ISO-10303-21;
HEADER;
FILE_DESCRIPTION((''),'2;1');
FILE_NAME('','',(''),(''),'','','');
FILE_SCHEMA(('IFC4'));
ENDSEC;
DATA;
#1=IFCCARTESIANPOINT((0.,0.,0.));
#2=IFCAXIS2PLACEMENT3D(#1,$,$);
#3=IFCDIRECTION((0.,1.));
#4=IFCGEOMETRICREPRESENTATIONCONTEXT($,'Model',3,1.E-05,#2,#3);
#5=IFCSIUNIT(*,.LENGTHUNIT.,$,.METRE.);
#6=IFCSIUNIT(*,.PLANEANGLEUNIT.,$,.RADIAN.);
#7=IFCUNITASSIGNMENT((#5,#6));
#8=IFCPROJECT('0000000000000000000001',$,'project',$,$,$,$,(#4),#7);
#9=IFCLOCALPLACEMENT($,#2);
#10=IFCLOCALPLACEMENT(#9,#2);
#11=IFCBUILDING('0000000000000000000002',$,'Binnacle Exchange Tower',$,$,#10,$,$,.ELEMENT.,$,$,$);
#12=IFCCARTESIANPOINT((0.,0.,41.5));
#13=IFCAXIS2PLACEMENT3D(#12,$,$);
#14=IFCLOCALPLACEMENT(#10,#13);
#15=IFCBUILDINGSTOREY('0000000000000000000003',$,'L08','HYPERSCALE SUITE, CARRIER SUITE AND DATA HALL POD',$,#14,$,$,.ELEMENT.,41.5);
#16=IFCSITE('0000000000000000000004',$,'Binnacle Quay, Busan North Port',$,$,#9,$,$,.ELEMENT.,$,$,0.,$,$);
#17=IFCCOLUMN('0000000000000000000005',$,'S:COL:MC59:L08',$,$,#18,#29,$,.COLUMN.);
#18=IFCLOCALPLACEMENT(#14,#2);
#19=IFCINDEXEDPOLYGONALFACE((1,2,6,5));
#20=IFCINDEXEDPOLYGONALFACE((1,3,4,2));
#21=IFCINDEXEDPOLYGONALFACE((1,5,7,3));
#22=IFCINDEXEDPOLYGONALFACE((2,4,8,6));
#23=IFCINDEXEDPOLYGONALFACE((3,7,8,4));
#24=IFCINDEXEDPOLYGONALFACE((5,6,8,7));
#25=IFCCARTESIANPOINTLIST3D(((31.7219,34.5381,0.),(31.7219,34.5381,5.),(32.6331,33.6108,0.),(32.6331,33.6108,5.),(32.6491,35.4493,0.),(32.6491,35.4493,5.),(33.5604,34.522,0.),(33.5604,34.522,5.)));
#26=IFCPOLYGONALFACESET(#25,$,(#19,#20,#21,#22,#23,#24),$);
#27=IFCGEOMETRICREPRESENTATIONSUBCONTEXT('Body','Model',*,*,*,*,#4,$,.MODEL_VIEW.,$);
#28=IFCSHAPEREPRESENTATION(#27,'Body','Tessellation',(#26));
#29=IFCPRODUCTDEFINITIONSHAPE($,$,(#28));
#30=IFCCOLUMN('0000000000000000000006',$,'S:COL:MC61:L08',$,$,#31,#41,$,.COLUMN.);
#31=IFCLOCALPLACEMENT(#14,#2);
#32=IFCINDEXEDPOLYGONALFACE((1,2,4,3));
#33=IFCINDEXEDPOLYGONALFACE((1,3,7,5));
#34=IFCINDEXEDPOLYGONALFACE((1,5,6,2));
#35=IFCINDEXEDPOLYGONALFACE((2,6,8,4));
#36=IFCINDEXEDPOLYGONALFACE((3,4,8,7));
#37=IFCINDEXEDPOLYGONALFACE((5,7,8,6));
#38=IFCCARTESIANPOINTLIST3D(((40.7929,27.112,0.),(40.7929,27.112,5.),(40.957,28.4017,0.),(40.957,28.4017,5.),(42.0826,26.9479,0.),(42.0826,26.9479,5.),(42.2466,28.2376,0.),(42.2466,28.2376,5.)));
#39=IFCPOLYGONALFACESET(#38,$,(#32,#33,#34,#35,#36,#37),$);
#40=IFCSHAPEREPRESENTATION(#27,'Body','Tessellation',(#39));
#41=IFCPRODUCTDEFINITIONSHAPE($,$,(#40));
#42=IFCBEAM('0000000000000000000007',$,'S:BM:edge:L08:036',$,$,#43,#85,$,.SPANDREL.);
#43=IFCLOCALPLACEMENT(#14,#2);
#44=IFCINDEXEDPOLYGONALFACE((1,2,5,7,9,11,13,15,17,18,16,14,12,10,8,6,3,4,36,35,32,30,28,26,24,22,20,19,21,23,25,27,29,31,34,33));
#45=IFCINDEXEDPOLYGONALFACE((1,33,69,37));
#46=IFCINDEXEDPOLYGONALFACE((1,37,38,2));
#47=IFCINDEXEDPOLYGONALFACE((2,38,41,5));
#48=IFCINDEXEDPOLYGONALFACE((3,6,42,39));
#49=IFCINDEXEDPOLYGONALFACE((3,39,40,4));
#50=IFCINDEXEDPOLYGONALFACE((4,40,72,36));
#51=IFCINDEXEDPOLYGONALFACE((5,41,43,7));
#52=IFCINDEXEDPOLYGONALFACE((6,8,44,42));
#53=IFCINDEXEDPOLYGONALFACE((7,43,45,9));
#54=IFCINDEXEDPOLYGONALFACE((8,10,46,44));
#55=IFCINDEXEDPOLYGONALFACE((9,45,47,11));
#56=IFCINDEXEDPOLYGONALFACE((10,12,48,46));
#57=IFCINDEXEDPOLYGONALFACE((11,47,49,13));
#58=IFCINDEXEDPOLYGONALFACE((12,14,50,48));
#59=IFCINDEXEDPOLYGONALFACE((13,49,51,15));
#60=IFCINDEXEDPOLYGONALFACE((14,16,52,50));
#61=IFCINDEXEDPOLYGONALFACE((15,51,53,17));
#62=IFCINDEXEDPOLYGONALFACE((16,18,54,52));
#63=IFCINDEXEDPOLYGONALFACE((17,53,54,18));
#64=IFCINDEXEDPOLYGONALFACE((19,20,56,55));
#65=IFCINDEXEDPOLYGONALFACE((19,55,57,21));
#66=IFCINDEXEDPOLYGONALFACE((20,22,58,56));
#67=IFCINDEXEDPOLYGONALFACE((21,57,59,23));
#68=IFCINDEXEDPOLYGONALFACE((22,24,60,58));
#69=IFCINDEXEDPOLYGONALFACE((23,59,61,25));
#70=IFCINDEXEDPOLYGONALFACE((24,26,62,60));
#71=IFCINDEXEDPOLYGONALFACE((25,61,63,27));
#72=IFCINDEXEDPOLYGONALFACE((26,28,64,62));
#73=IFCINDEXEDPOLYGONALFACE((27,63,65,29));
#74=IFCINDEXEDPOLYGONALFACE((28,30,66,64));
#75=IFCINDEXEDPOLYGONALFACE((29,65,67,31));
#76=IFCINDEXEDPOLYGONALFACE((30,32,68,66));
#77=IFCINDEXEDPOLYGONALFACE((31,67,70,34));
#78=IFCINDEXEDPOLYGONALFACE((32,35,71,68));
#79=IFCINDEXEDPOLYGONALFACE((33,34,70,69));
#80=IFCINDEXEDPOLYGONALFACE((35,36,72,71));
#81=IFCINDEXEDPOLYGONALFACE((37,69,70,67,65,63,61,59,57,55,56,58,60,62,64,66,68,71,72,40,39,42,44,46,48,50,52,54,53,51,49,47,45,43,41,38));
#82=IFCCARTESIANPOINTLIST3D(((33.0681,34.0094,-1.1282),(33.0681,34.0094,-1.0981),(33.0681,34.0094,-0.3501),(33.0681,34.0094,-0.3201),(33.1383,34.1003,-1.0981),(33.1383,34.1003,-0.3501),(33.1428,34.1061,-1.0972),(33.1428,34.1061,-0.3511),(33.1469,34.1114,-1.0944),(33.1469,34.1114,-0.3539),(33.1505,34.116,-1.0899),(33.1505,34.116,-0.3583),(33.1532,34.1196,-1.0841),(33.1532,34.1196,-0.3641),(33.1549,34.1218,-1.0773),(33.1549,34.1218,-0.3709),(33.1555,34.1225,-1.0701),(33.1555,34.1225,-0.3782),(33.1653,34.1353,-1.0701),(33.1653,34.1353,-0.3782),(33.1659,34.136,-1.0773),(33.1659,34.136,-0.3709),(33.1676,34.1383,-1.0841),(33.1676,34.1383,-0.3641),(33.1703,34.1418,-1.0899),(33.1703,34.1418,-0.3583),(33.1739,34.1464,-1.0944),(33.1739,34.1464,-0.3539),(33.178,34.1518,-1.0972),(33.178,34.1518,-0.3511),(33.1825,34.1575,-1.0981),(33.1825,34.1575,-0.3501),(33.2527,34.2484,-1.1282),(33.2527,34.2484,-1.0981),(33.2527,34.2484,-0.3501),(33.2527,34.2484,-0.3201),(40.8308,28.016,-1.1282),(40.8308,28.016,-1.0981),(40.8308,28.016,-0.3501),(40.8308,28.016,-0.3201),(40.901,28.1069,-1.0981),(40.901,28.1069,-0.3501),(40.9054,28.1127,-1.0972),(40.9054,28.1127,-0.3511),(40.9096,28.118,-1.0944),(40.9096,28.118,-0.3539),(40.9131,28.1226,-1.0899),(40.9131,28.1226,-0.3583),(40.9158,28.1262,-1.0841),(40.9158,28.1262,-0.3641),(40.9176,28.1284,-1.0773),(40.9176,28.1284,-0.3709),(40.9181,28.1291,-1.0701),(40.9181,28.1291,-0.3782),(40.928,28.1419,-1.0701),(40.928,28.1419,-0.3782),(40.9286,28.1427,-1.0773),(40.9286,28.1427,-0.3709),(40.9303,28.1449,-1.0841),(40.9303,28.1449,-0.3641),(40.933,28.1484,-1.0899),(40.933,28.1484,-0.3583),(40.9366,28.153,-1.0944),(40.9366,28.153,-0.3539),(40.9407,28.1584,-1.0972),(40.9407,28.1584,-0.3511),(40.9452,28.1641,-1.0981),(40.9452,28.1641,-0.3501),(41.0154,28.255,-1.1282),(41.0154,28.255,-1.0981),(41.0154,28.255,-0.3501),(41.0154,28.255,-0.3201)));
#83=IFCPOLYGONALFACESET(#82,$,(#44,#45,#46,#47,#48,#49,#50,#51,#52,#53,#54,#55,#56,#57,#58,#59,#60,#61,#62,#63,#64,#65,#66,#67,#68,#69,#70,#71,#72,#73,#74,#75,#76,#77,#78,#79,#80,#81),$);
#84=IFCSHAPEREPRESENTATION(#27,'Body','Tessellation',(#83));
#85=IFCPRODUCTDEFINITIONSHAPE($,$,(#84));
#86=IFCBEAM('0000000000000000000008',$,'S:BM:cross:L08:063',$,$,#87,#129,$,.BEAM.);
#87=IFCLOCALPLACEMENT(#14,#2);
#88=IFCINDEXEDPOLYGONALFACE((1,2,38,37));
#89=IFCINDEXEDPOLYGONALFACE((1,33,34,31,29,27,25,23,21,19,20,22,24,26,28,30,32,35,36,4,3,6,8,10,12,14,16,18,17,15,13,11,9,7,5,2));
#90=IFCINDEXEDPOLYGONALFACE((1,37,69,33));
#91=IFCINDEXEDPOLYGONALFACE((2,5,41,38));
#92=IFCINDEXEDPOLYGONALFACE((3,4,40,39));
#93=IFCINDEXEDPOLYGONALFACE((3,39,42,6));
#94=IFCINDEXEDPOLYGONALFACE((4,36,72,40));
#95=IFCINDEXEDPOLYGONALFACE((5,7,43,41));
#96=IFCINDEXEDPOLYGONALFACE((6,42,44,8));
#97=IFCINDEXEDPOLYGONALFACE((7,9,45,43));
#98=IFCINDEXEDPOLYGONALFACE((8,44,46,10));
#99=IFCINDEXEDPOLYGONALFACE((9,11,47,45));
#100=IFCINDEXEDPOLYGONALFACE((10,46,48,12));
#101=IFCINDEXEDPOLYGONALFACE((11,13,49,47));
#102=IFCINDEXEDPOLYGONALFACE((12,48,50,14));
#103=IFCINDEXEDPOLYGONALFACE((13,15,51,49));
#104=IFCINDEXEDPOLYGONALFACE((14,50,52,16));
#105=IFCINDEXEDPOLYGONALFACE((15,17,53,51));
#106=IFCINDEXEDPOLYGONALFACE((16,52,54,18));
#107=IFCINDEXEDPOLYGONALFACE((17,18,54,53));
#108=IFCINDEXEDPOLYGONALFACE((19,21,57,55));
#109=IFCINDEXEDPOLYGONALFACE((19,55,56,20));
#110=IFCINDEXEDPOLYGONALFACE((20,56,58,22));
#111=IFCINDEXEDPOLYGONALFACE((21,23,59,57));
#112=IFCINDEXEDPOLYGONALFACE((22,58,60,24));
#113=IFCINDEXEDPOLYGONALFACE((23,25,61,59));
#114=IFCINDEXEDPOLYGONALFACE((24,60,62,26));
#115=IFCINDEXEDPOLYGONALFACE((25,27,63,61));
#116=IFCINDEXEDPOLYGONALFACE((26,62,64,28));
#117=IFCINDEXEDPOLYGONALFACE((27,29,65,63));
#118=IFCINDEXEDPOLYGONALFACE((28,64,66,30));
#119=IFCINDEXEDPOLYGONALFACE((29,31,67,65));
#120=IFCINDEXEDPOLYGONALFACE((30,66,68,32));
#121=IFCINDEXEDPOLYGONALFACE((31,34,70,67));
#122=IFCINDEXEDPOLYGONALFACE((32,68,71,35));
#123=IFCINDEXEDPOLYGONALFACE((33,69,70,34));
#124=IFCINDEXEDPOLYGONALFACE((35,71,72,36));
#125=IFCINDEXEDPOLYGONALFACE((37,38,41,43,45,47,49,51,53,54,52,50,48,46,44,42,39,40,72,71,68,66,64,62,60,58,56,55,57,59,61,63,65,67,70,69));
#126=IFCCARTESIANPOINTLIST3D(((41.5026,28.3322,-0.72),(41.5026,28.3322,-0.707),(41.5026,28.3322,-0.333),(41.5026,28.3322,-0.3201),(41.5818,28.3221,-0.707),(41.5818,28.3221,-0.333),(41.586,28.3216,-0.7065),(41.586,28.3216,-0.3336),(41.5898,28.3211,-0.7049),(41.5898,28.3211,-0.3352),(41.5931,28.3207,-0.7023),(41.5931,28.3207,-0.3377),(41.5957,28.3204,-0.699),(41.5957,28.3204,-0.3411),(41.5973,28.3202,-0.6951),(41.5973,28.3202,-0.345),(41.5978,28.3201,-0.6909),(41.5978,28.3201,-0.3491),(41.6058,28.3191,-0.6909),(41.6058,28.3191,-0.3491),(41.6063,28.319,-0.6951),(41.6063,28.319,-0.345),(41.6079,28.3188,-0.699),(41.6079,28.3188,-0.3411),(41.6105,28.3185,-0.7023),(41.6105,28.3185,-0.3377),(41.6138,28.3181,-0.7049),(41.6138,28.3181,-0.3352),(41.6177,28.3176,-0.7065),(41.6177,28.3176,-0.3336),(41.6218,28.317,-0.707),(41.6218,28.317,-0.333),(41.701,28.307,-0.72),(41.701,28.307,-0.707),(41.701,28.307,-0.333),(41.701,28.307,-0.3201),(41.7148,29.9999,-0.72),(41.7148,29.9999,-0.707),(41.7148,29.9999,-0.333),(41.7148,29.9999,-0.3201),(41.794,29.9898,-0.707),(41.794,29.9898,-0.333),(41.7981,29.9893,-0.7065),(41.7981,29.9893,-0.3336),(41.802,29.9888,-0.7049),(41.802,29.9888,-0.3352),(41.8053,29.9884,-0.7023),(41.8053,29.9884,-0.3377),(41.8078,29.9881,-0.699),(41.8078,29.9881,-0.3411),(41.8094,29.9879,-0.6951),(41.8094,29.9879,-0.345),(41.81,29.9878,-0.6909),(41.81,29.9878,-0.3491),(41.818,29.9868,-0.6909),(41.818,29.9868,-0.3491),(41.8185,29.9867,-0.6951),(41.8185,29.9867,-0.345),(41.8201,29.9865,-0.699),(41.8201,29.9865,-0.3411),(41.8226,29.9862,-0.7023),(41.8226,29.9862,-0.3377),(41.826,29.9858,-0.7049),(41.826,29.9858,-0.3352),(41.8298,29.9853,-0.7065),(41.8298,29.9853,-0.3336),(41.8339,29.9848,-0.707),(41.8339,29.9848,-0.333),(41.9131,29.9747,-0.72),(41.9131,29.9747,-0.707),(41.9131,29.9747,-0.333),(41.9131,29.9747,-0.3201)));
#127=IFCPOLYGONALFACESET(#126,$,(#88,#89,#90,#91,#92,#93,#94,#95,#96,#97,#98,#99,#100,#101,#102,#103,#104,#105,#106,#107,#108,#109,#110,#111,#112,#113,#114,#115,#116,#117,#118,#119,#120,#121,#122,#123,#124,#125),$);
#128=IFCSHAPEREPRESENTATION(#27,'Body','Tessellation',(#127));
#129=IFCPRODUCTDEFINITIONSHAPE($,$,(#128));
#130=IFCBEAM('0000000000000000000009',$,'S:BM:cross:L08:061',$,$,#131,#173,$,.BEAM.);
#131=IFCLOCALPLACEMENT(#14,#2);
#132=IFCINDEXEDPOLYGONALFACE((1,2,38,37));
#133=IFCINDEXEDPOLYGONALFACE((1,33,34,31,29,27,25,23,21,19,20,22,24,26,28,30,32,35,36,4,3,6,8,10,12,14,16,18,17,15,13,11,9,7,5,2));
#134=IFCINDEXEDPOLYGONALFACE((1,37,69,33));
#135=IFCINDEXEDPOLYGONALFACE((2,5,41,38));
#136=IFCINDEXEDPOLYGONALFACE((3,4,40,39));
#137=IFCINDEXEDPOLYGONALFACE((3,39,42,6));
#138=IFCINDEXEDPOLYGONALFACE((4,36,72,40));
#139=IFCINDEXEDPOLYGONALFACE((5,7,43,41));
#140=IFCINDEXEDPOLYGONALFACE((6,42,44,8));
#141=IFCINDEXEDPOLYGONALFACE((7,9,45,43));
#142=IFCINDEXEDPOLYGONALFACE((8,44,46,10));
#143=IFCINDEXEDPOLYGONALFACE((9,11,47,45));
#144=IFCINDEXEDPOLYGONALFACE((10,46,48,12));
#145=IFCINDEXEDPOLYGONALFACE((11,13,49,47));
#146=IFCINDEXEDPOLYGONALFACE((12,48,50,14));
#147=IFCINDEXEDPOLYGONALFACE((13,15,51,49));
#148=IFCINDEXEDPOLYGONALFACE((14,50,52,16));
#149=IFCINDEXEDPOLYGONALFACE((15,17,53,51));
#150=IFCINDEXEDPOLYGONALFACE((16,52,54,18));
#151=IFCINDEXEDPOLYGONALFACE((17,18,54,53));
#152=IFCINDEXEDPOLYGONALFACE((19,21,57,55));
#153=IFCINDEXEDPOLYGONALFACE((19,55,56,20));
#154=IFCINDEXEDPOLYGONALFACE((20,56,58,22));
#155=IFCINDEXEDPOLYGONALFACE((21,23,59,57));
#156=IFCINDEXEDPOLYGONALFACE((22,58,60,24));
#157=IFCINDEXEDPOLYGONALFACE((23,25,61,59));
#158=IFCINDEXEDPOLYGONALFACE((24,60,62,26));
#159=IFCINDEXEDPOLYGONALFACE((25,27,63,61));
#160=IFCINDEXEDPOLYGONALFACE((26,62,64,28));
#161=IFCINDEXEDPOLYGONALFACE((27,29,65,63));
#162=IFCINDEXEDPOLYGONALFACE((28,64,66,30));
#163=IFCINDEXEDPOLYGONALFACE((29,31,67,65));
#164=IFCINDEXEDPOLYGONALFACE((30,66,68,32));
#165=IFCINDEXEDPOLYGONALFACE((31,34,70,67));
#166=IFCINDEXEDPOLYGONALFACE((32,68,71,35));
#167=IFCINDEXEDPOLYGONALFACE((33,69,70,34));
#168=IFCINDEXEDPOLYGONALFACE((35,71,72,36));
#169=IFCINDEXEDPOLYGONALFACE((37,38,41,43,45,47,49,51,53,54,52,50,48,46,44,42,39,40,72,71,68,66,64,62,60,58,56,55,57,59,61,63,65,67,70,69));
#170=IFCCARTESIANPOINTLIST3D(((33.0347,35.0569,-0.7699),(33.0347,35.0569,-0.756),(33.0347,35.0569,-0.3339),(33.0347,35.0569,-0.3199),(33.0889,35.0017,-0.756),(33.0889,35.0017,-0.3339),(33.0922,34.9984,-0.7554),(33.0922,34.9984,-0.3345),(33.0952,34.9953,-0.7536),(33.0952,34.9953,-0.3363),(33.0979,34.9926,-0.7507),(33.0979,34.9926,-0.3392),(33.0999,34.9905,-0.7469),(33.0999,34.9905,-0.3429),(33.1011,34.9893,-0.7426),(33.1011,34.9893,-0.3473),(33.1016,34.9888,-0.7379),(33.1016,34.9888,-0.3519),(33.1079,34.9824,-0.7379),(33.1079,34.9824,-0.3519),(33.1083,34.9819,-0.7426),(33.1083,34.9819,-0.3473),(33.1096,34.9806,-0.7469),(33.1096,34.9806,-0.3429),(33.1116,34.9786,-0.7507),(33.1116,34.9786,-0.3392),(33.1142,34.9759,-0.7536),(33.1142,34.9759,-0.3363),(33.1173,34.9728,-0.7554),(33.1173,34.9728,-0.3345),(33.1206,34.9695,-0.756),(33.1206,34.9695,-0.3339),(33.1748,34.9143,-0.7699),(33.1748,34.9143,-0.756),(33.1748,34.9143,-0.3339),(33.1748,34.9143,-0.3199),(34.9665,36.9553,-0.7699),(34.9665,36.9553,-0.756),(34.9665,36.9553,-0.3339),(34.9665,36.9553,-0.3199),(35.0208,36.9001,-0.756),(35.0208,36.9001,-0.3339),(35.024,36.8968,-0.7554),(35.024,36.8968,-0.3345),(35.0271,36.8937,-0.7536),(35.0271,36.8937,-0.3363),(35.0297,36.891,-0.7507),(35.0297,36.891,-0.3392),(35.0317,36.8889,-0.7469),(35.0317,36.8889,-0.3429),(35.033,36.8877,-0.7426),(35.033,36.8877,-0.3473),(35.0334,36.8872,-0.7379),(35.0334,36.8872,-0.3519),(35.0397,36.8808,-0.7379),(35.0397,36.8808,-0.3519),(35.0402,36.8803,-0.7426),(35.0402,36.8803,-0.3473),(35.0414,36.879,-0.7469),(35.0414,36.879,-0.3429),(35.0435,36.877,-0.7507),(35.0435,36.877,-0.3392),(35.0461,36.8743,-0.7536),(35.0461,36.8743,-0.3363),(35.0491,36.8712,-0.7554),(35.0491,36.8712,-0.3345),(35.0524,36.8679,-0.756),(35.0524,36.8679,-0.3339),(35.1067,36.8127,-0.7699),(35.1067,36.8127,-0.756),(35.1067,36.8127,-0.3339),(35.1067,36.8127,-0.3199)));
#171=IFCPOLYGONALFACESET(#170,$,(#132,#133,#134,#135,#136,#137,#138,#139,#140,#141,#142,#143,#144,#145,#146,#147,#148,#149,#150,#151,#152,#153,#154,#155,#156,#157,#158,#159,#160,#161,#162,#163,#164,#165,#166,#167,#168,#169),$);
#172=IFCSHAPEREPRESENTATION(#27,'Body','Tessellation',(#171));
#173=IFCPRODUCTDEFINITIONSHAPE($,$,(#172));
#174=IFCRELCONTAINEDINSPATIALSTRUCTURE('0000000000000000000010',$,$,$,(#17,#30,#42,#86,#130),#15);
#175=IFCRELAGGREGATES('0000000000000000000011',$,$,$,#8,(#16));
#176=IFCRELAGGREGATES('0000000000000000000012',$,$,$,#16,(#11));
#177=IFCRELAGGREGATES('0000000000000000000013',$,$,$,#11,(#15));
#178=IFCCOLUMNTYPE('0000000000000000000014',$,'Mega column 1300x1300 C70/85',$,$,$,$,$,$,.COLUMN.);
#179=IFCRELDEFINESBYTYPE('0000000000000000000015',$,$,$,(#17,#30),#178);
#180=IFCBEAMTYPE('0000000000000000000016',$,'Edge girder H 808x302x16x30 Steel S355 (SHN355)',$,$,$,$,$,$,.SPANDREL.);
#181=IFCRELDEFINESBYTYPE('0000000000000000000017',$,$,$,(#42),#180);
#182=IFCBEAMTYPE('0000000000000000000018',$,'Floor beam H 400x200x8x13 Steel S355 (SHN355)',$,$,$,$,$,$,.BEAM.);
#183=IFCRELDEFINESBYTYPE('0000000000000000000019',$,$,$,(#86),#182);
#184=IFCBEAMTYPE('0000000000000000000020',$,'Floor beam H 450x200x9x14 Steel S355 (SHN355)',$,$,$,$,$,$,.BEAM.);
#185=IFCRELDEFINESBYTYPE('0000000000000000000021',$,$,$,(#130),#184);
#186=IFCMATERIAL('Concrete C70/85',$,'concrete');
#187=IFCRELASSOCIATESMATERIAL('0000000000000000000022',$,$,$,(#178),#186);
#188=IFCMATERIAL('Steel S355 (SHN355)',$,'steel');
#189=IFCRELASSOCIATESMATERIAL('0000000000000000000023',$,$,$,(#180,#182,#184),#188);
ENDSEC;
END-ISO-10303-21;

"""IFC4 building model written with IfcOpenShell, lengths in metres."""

from ifc_helpers import new_model, si_unit, direction, frame, origin, origin_2d, place, context, subcontext, project, spatial, rectangle, i_section, extrude, material, material_profile, profile_set, type_object, element, save


model = new_model("IFC4")

# Units and contexts
model_context = context("Model", 3, precision=1e-05, world=origin(), true_north=direction((0.0, 1.0)))
body_context = subcontext(model_context, "Body", "Model", "MODEL_VIEW")
ifc_project = project(units=[si_unit("LENGTHUNIT", "METRE"), si_unit("PLANEANGLEUNIT", "RADIAN")], contexts=[model_context])

# Site, building, storey
site_placement = place(None, origin())
site = spatial("IfcSite", under=ifc_project, at=site_placement, Name="Binnacle Quay, Busan North Port", CompositionType="ELEMENT", RefElevation=0.0)
building_placement = place(site_placement, origin())
building = spatial("IfcBuilding", under=site, at=building_placement, Name="Binnacle Exchange Tower", CompositionType="ELEMENT")
storey_placement = place(building_placement, frame((0.0, 0.0, 41.5)))
storey = spatial("IfcBuildingStorey", under=building, at=storey_placement, Name="L08", Description="HYPERSCALE SUITE, CARRIER SUITE AND DATA HALL POD", CompositionType="ELEMENT", Elevation=41.5)

# Columns
ifc_material_1 = material(Name="Concrete C70/85", Category="concrete")
ifc_material_profile_1 = material_profile(ifc_material_1, rectangle(XDim=1.3, YDim=1.3, at=origin_2d()), Name="Mega column 1300x1300 C70/85")
ifc_profile_set_1 = profile_set([ifc_material_profile_1], Name="Concrete C70/85")
column_type = type_object("IfcColumnType", Name="Mega column 1300x1300 C70/85", PredefinedType="COLUMN", material=ifc_profile_set_1)
for number, where, z_axis, x_axis, name in (
    (1, (32.6411, 34.53, 0.0), (0.0, 0.0, 1.0), (0.700909, -0.71325, 0.0), "S:COL:MC59:L08"),
    (2, (41.5198, 27.6748, 0.0), (0.0, 0.0, 1.0), (0.992005, -0.126199, 0.0), "S:COL:MC61:L08"),
):
    element("IfcColumn", number, at=place(storey_placement, frame(where, z_axis=z_axis, x_axis=x_axis)), inside=storey, type_object=column_type, Name=name, PredefinedType="COLUMN", context=body_context, shape_type="SweptSolid", body=[
        extrude(rectangle(XDim=1.3, YDim=1.3, at=origin_2d()), origin(), (0.0, 0.0, 1.0), 5.0),
    ])

# Beams
ifc_material_2 = material(Name="Steel S355 (SHN355)", Category="steel")
ifc_material_profile_2 = material_profile(ifc_material_2, i_section(OverallWidth=0.302, OverallDepth=0.8081, WebThickness=0.0161, FlangeThickness=0.03, FilletRadius=0.0281, at=origin_2d()), Name="H 808x302x16x30")
ifc_profile_set_2 = profile_set([ifc_material_profile_2], Name="Steel S355 (SHN355)")
beam_type_1 = type_object("IfcBeamType", Name="Edge girder H 808x302x16x30 Steel S355 (SHN355)", PredefinedType="SPANDREL", material=ifc_profile_set_2)
beam_1_placement = place(storey_placement, frame((33.1604, 34.1289, -0.7241), z_axis=(0.791533, -0.611126, 0.0), x_axis=(0.611126, 0.791533, 0.0)))
element("IfcBeam", 3, at=beam_1_placement, inside=storey, type_object=beam_type_1, Name="S:BM:edge:L08:036", PredefinedType="SPANDREL", context=body_context, shape_type="SweptSolid", body=[
    extrude(i_section(OverallWidth=0.302, OverallDepth=0.8081, WebThickness=0.0161, FlangeThickness=0.03, FilletRadius=0.0281, at=origin_2d()), origin(), (0.0, 0.0, 1.0), 9.8071),
])
ifc_material_profile_3 = material_profile(ifc_material_2, i_section(OverallWidth=0.2, OverallDepth=0.3999, WebThickness=0.0081, FlangeThickness=0.0129, FilletRadius=0.0161, at=origin_2d()), Name="H 400x200x8x13")
ifc_profile_set_3 = profile_set([ifc_material_profile_3], Name="Steel S355 (SHN355)")
beam_type_2 = type_object("IfcBeamType", Name="Floor beam H 400x200x8x13 Steel S355 (SHN355)", PredefinedType="BEAM", material=ifc_profile_set_3)
beam_2_placement = place(storey_placement, frame((41.6018, 28.3196, -0.52), z_axis=(0.126197, 0.992005, 0.0), x_axis=(-0.992005, 0.126197, 0.0)))
element("IfcBeam", 4, at=beam_2_placement, inside=storey, type_object=beam_type_2, Name="S:BM:cross:L08:063", PredefinedType="BEAM", context=body_context, shape_type="SweptSolid", body=[
    extrude(i_section(OverallWidth=0.2, OverallDepth=0.3999, WebThickness=0.0081, FlangeThickness=0.0129, FilletRadius=0.0161, at=origin_2d()), origin(), (0.0, 0.0, 1.0), 1.6812),
])
ifc_material_profile_4 = material_profile(ifc_material_2, i_section(OverallWidth=0.2, OverallDepth=0.45, WebThickness=0.009, FlangeThickness=0.0139, FilletRadius=0.0181, at=origin_2d()), Name="H 450x200x9x14")
ifc_profile_set_4 = profile_set([ifc_material_profile_4], Name="Steel S355 (SHN355)")
beam_type_3 = type_object("IfcBeamType", Name="Floor beam H 450x200x9x14 Steel S355 (SHN355)", PredefinedType="BEAM", material=ifc_profile_set_4)
beam_3_placement = place(storey_placement, frame((33.1047, 34.9856, -0.5449), z_axis=(0.713254, 0.700905, 0.0), x_axis=(-0.700905, 0.713254, 0.0)))
element("IfcBeam", 5, at=beam_3_placement, inside=storey, type_object=beam_type_3, Name="S:BM:cross:L08:061", PredefinedType="BEAM", context=body_context, shape_type="SweptSolid", body=[
    extrude(i_section(OverallWidth=0.2, OverallDepth=0.45, WebThickness=0.009, FlangeThickness=0.0139, FilletRadius=0.0181, at=origin_2d()), origin(), (0.0, 0.0, 1.0), 2.7085),
])

save(model, "model.ifc")
